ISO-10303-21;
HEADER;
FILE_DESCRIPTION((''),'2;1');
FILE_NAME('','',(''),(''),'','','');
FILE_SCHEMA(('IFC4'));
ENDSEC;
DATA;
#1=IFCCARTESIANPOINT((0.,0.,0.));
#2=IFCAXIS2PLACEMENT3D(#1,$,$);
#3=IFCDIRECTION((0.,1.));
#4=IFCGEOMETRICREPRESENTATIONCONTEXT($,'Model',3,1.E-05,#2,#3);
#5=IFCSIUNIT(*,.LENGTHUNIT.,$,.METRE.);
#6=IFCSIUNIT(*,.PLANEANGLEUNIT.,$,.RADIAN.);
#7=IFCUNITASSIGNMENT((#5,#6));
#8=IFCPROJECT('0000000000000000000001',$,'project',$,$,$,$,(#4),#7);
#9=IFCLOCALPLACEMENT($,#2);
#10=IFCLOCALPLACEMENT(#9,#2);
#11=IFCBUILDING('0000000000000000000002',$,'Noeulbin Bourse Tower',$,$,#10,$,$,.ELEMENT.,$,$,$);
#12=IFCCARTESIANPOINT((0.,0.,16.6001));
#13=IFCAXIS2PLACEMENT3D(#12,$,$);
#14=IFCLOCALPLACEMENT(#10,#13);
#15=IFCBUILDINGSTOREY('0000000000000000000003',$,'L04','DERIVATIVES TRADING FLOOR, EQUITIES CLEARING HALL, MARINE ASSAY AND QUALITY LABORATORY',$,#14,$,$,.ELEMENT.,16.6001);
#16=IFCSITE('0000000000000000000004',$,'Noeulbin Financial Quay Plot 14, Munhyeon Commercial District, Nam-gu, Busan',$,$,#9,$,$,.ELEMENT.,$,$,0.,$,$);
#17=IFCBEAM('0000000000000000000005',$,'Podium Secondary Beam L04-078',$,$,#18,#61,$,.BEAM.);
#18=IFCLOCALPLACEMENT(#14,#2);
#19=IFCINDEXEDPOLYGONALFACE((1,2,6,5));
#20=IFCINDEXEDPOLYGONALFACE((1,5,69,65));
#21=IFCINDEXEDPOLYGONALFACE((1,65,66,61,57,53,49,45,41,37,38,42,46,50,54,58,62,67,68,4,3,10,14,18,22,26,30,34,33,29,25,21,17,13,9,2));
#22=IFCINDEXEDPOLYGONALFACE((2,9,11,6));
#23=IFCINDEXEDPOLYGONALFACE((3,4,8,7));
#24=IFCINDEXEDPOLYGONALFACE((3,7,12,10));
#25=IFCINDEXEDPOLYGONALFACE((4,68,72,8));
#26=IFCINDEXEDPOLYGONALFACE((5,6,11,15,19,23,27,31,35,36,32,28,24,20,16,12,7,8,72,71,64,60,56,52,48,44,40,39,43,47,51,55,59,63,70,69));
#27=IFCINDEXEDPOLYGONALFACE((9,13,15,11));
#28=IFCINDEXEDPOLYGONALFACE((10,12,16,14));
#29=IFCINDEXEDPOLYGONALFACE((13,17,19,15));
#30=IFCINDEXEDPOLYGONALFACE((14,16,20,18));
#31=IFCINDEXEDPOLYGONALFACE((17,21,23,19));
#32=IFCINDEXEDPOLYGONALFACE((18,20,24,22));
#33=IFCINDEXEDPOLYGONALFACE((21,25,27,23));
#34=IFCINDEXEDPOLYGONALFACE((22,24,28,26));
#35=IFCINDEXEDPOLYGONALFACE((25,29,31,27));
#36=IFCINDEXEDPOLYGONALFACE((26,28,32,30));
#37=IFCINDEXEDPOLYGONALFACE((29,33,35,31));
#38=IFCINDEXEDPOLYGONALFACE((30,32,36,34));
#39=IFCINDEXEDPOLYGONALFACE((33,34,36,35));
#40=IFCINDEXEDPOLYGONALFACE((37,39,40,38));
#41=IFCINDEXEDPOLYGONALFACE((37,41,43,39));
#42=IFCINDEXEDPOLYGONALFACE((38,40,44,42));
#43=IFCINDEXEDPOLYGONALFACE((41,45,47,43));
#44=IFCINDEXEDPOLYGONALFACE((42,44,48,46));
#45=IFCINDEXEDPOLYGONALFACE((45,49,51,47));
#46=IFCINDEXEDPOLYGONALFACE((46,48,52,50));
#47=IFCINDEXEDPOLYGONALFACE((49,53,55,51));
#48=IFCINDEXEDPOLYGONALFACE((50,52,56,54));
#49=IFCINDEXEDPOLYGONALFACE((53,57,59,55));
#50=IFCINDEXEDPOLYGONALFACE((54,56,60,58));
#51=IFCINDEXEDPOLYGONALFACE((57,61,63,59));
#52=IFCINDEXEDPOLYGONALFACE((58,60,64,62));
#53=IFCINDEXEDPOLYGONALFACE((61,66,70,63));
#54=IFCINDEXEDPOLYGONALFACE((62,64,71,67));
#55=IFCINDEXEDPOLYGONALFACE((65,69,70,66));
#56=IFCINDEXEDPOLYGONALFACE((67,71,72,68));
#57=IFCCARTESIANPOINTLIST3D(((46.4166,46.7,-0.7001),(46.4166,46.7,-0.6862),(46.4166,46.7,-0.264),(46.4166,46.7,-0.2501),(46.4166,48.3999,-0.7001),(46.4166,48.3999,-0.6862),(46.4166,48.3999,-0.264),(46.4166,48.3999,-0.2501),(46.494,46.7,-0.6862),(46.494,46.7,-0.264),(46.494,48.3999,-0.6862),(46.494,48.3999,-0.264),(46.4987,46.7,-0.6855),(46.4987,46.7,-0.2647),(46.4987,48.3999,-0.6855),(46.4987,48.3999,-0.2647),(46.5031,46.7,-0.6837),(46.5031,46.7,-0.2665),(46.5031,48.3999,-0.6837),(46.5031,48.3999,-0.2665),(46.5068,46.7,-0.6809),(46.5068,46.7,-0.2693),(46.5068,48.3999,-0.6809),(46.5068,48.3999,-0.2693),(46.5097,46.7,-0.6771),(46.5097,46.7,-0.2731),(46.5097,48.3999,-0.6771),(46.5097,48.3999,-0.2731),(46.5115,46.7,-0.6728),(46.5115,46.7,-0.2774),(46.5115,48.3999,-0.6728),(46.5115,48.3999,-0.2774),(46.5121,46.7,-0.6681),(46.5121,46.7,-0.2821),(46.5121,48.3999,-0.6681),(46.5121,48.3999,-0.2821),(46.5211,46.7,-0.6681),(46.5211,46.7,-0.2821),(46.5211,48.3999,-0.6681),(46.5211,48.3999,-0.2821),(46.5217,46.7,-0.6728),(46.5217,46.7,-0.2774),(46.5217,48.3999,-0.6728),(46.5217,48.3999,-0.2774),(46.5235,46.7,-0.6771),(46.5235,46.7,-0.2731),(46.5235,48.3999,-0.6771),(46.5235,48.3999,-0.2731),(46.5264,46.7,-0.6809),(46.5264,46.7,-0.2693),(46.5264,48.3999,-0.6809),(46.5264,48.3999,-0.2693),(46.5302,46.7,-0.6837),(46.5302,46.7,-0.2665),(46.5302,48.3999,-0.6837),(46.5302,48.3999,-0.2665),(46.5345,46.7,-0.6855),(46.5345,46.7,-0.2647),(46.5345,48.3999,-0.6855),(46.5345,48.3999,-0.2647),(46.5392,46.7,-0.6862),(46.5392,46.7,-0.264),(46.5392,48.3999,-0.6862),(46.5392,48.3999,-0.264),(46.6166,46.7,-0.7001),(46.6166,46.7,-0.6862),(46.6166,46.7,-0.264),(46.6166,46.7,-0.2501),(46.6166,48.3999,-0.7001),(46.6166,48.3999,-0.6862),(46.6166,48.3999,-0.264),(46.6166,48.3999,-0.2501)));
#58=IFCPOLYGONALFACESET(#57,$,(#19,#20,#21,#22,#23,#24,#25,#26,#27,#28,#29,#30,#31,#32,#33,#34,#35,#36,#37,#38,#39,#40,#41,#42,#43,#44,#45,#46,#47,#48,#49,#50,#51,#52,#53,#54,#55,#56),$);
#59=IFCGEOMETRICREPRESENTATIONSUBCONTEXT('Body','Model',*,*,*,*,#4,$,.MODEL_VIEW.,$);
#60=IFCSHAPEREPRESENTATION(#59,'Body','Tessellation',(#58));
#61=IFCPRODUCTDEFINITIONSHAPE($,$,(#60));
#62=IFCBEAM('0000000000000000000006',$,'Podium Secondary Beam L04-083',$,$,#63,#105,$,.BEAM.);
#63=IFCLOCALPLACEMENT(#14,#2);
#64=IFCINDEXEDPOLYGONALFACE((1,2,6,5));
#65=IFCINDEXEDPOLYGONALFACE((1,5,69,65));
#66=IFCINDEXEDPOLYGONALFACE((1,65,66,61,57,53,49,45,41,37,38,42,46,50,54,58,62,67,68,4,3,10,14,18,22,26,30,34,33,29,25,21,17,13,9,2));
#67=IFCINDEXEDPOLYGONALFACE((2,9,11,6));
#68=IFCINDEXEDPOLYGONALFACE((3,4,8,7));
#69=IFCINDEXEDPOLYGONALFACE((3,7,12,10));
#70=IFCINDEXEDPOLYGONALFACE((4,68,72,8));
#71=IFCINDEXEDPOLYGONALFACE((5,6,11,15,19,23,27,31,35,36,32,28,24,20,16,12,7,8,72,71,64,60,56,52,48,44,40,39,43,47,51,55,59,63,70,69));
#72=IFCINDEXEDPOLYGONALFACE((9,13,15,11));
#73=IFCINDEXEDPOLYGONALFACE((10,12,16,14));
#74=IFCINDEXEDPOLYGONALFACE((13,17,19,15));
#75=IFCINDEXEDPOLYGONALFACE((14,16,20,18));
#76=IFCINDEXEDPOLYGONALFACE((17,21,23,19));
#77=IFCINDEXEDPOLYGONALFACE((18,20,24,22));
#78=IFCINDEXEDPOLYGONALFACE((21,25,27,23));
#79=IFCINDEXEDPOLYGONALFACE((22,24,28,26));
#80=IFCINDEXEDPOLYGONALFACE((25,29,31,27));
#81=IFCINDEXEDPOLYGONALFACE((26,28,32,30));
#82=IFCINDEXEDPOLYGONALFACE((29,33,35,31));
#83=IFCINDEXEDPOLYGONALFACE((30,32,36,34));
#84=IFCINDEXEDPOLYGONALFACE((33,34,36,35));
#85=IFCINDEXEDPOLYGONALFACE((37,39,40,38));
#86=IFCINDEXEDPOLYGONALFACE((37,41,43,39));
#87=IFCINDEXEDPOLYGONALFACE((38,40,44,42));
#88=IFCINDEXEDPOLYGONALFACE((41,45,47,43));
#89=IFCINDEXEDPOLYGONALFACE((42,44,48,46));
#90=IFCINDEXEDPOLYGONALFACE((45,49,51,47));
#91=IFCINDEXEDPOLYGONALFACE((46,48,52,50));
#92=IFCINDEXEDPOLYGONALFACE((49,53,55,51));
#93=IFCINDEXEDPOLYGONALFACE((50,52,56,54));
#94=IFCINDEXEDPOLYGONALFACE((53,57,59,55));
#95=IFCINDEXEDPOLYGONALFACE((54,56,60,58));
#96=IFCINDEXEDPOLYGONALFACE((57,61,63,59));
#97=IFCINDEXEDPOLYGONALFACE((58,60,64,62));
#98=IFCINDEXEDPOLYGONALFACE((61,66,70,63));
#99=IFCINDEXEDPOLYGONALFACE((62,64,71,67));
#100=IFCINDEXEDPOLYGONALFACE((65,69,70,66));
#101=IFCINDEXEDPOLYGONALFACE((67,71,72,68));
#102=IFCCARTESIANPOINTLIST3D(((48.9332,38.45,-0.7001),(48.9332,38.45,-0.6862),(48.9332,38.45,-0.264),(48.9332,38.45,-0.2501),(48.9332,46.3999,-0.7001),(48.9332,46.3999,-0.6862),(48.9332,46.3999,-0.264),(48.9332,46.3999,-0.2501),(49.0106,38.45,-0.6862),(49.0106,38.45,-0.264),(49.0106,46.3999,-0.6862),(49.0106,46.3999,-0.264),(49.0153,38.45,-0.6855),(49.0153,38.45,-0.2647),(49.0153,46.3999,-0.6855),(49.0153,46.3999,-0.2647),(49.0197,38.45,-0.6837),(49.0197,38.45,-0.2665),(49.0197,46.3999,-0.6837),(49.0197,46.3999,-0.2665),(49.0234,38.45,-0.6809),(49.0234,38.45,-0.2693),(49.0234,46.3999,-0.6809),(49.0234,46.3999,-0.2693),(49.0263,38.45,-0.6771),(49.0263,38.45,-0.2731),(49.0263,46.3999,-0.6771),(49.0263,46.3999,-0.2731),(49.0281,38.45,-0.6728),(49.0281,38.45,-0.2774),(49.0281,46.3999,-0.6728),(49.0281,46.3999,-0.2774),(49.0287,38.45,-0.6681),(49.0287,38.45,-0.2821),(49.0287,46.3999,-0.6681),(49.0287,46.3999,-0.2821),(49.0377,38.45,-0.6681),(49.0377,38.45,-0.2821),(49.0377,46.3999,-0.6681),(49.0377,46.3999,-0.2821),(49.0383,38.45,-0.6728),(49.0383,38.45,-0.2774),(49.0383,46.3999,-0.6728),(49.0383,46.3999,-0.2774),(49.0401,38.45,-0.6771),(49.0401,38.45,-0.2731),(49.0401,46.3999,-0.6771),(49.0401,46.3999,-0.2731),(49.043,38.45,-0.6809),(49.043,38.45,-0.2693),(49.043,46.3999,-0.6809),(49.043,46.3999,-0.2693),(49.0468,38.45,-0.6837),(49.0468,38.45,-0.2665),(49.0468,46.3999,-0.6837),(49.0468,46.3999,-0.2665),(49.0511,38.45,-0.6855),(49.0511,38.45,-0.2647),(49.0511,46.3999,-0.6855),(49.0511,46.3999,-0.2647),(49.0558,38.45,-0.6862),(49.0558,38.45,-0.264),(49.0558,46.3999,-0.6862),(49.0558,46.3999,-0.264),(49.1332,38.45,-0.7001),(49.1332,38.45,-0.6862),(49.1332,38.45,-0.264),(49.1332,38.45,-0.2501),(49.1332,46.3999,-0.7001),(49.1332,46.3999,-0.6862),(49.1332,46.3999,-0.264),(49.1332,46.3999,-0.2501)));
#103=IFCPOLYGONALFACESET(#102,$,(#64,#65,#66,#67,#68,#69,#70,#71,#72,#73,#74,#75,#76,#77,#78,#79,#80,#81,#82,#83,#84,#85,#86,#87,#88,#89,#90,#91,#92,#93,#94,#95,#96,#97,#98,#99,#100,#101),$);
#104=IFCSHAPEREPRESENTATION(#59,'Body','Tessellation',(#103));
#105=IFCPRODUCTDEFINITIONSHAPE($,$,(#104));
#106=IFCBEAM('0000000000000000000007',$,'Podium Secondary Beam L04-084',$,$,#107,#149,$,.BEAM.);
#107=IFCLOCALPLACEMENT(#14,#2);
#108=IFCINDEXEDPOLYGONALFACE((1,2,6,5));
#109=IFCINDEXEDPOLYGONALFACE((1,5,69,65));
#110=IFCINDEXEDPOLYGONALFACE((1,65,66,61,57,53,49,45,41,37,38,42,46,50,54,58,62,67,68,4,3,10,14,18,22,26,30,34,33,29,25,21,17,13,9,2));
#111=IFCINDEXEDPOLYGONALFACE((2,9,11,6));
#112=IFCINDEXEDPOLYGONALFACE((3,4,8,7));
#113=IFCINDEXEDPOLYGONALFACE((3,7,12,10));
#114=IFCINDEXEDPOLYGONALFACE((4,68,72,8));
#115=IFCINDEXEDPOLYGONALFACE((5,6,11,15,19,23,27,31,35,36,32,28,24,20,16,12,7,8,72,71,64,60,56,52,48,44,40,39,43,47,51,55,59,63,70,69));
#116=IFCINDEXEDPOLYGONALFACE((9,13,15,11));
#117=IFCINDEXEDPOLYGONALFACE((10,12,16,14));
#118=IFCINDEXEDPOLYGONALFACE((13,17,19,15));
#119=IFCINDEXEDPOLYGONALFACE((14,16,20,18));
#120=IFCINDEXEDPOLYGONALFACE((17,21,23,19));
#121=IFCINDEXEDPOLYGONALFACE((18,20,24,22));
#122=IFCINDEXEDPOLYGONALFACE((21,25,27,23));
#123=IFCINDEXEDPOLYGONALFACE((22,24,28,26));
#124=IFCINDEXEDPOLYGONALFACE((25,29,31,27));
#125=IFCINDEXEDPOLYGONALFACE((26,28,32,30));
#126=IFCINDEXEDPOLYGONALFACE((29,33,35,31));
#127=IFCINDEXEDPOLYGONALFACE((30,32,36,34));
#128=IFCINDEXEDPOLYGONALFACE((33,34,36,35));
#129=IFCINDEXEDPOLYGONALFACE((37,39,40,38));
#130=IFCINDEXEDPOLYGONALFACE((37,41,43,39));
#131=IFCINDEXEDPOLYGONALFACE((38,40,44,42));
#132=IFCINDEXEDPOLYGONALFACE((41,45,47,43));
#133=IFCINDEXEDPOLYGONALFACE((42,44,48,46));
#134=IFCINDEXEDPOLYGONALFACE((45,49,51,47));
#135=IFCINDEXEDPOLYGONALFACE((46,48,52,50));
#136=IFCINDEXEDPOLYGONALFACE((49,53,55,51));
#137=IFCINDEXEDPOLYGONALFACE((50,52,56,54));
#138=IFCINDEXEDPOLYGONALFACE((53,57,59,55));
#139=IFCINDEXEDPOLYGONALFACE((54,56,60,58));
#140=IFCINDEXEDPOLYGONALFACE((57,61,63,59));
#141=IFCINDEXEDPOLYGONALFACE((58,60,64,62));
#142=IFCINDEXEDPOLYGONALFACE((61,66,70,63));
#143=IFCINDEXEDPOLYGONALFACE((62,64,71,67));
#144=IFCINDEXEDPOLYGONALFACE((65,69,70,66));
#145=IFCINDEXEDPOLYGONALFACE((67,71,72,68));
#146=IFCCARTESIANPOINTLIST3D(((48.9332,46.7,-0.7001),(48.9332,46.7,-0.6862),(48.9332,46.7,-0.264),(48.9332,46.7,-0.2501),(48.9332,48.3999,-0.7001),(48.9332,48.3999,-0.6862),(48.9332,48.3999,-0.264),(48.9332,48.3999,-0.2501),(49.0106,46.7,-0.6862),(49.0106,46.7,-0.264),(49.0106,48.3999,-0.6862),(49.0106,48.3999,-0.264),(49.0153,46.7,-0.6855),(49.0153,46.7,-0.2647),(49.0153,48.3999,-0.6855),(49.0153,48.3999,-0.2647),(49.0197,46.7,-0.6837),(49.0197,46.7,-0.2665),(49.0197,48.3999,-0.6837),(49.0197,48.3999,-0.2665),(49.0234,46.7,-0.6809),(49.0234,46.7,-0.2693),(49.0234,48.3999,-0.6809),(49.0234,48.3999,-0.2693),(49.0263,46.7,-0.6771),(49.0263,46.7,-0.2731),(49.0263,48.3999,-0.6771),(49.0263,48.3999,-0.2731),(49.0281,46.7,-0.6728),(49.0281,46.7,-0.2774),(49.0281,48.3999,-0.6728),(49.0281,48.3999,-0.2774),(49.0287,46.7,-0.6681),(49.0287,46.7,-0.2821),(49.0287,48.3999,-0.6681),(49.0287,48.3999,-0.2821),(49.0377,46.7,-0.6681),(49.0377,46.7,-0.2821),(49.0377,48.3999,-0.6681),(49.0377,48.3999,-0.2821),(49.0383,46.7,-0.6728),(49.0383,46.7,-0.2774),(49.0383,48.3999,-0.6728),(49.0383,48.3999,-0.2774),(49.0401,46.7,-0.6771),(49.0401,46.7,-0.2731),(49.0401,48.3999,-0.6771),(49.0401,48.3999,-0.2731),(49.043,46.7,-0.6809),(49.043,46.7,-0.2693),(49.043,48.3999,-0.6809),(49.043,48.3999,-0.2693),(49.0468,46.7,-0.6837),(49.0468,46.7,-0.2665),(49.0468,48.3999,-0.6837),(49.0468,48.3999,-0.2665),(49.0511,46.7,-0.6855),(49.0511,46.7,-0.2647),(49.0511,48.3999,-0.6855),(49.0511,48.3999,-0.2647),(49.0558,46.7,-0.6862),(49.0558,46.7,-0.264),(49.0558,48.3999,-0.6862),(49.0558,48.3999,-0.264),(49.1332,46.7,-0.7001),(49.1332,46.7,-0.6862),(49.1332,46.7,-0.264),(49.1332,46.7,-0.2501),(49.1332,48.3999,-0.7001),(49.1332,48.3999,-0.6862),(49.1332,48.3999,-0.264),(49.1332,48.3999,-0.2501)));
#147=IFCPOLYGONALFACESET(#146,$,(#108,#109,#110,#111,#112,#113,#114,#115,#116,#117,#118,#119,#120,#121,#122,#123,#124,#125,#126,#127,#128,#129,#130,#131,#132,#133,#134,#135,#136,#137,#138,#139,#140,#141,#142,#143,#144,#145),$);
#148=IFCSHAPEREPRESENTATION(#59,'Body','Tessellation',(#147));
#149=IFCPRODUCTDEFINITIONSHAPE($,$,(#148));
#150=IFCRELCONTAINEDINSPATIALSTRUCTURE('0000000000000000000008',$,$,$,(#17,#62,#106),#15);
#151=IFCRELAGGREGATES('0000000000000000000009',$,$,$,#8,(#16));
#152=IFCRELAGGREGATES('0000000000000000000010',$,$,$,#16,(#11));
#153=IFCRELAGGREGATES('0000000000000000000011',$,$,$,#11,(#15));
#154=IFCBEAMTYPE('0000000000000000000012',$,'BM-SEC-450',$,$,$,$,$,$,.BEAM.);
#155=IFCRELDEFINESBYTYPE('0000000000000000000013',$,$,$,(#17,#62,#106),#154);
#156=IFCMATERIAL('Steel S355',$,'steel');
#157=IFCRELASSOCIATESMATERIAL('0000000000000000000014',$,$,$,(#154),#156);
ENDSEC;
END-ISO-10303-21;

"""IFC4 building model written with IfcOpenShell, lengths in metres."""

from ifc_helpers import new_model, si_unit, direction, frame, origin, origin_2d, place, context, subcontext, project, spatial, i_section, extrude, material, material_profile, profile_set, type_object, element, save


model = new_model("IFC4")

# Units and contexts
model_context = context("Model", 3, precision=1e-05, world=origin(), true_north=direction((0.0, 1.0)))
body_context = subcontext(model_context, "Body", "Model", "MODEL_VIEW")
ifc_project = project(units=[si_unit("LENGTHUNIT", "METRE"), si_unit("PLANEANGLEUNIT", "RADIAN")], contexts=[model_context])

# Site, building, storey
site_placement = place(None, origin())
site = spatial("IfcSite", under=ifc_project, at=site_placement, Name="Noeulbin Financial Quay Plot 14, Munhyeon Commercial District, Nam-gu, Busan", CompositionType="ELEMENT", RefElevation=0.0)
building_placement = place(site_placement, origin())
building = spatial("IfcBuilding", under=site, at=building_placement, Name="Noeulbin Bourse Tower", CompositionType="ELEMENT")
storey_placement = place(building_placement, frame((0.0, 0.0, 16.6001)))
storey = spatial("IfcBuildingStorey", under=building, at=storey_placement, Name="L04", Description="DERIVATIVES TRADING FLOOR, EQUITIES CLEARING HALL, MARINE ASSAY AND QUALITY LABORATORY", CompositionType="ELEMENT", Elevation=16.6001)

# Beams
ifc_material_1 = material(Name="Steel S355", Category="steel")
ifc_material_profile_1 = material_profile(ifc_material_1, i_section(OverallWidth=0.2, OverallDepth=0.45, WebThickness=0.009, FlangeThickness=0.0139, FilletRadius=0.0181, at=origin_2d()), Name="H-450x200x9x14", Category="LoadBearing")
ifc_profile_set_1 = profile_set([ifc_material_profile_1], Name="Steel S355")
beam_type_1 = type_object("IfcBeamType", Name="BM-SEC-450", PredefinedType="BEAM", material=ifc_profile_set_1)
beam_1_placement = place(storey_placement, frame((46.5166, 46.7, -0.4751), z_axis=(0.0, 1.0, 0.0), x_axis=(-1.0, 0.0, 0.0)))
element("IfcBeam", 1, at=beam_1_placement, inside=storey, type_object=beam_type_1, Name="Podium Secondary Beam L04-078", PredefinedType="BEAM", context=body_context, shape_type="SweptSolid", body=[
    extrude(i_section(OverallWidth=0.2, OverallDepth=0.45, WebThickness=0.009, FlangeThickness=0.0139, FilletRadius=0.0181, at=origin_2d()), origin(), (0.0, 0.0, 1.0), 1.7),
])
beam_2_placement = place(storey_placement, frame((49.0332, 38.45, -0.4751), z_axis=(0.0, 1.0, 0.0), x_axis=(-1.0, 0.0, 0.0)))
element("IfcBeam", 2, at=beam_2_placement, inside=storey, type_object=beam_type_1, Name="Podium Secondary Beam L04-083", PredefinedType="BEAM", context=body_context, shape_type="SweptSolid", body=[
    extrude(i_section(OverallWidth=0.2, OverallDepth=0.45, WebThickness=0.009, FlangeThickness=0.0139, FilletRadius=0.0181, at=origin_2d()), origin(), (0.0, 0.0, 1.0), 7.95),
])
beam_3_placement = place(storey_placement, frame((49.0332, 46.7, -0.4751), z_axis=(0.0, 1.0, 0.0), x_axis=(-1.0, 0.0, 0.0)))
element("IfcBeam", 3, at=beam_3_placement, inside=storey, type_object=beam_type_1, Name="Podium Secondary Beam L04-084", PredefinedType="BEAM", context=body_context, shape_type="SweptSolid", body=[
    extrude(i_section(OverallWidth=0.2, OverallDepth=0.45, WebThickness=0.009, FlangeThickness=0.0139, FilletRadius=0.0181, at=origin_2d()), origin(), (0.0, 0.0, 1.0), 1.7),
])

save(model, "model.ifc")
